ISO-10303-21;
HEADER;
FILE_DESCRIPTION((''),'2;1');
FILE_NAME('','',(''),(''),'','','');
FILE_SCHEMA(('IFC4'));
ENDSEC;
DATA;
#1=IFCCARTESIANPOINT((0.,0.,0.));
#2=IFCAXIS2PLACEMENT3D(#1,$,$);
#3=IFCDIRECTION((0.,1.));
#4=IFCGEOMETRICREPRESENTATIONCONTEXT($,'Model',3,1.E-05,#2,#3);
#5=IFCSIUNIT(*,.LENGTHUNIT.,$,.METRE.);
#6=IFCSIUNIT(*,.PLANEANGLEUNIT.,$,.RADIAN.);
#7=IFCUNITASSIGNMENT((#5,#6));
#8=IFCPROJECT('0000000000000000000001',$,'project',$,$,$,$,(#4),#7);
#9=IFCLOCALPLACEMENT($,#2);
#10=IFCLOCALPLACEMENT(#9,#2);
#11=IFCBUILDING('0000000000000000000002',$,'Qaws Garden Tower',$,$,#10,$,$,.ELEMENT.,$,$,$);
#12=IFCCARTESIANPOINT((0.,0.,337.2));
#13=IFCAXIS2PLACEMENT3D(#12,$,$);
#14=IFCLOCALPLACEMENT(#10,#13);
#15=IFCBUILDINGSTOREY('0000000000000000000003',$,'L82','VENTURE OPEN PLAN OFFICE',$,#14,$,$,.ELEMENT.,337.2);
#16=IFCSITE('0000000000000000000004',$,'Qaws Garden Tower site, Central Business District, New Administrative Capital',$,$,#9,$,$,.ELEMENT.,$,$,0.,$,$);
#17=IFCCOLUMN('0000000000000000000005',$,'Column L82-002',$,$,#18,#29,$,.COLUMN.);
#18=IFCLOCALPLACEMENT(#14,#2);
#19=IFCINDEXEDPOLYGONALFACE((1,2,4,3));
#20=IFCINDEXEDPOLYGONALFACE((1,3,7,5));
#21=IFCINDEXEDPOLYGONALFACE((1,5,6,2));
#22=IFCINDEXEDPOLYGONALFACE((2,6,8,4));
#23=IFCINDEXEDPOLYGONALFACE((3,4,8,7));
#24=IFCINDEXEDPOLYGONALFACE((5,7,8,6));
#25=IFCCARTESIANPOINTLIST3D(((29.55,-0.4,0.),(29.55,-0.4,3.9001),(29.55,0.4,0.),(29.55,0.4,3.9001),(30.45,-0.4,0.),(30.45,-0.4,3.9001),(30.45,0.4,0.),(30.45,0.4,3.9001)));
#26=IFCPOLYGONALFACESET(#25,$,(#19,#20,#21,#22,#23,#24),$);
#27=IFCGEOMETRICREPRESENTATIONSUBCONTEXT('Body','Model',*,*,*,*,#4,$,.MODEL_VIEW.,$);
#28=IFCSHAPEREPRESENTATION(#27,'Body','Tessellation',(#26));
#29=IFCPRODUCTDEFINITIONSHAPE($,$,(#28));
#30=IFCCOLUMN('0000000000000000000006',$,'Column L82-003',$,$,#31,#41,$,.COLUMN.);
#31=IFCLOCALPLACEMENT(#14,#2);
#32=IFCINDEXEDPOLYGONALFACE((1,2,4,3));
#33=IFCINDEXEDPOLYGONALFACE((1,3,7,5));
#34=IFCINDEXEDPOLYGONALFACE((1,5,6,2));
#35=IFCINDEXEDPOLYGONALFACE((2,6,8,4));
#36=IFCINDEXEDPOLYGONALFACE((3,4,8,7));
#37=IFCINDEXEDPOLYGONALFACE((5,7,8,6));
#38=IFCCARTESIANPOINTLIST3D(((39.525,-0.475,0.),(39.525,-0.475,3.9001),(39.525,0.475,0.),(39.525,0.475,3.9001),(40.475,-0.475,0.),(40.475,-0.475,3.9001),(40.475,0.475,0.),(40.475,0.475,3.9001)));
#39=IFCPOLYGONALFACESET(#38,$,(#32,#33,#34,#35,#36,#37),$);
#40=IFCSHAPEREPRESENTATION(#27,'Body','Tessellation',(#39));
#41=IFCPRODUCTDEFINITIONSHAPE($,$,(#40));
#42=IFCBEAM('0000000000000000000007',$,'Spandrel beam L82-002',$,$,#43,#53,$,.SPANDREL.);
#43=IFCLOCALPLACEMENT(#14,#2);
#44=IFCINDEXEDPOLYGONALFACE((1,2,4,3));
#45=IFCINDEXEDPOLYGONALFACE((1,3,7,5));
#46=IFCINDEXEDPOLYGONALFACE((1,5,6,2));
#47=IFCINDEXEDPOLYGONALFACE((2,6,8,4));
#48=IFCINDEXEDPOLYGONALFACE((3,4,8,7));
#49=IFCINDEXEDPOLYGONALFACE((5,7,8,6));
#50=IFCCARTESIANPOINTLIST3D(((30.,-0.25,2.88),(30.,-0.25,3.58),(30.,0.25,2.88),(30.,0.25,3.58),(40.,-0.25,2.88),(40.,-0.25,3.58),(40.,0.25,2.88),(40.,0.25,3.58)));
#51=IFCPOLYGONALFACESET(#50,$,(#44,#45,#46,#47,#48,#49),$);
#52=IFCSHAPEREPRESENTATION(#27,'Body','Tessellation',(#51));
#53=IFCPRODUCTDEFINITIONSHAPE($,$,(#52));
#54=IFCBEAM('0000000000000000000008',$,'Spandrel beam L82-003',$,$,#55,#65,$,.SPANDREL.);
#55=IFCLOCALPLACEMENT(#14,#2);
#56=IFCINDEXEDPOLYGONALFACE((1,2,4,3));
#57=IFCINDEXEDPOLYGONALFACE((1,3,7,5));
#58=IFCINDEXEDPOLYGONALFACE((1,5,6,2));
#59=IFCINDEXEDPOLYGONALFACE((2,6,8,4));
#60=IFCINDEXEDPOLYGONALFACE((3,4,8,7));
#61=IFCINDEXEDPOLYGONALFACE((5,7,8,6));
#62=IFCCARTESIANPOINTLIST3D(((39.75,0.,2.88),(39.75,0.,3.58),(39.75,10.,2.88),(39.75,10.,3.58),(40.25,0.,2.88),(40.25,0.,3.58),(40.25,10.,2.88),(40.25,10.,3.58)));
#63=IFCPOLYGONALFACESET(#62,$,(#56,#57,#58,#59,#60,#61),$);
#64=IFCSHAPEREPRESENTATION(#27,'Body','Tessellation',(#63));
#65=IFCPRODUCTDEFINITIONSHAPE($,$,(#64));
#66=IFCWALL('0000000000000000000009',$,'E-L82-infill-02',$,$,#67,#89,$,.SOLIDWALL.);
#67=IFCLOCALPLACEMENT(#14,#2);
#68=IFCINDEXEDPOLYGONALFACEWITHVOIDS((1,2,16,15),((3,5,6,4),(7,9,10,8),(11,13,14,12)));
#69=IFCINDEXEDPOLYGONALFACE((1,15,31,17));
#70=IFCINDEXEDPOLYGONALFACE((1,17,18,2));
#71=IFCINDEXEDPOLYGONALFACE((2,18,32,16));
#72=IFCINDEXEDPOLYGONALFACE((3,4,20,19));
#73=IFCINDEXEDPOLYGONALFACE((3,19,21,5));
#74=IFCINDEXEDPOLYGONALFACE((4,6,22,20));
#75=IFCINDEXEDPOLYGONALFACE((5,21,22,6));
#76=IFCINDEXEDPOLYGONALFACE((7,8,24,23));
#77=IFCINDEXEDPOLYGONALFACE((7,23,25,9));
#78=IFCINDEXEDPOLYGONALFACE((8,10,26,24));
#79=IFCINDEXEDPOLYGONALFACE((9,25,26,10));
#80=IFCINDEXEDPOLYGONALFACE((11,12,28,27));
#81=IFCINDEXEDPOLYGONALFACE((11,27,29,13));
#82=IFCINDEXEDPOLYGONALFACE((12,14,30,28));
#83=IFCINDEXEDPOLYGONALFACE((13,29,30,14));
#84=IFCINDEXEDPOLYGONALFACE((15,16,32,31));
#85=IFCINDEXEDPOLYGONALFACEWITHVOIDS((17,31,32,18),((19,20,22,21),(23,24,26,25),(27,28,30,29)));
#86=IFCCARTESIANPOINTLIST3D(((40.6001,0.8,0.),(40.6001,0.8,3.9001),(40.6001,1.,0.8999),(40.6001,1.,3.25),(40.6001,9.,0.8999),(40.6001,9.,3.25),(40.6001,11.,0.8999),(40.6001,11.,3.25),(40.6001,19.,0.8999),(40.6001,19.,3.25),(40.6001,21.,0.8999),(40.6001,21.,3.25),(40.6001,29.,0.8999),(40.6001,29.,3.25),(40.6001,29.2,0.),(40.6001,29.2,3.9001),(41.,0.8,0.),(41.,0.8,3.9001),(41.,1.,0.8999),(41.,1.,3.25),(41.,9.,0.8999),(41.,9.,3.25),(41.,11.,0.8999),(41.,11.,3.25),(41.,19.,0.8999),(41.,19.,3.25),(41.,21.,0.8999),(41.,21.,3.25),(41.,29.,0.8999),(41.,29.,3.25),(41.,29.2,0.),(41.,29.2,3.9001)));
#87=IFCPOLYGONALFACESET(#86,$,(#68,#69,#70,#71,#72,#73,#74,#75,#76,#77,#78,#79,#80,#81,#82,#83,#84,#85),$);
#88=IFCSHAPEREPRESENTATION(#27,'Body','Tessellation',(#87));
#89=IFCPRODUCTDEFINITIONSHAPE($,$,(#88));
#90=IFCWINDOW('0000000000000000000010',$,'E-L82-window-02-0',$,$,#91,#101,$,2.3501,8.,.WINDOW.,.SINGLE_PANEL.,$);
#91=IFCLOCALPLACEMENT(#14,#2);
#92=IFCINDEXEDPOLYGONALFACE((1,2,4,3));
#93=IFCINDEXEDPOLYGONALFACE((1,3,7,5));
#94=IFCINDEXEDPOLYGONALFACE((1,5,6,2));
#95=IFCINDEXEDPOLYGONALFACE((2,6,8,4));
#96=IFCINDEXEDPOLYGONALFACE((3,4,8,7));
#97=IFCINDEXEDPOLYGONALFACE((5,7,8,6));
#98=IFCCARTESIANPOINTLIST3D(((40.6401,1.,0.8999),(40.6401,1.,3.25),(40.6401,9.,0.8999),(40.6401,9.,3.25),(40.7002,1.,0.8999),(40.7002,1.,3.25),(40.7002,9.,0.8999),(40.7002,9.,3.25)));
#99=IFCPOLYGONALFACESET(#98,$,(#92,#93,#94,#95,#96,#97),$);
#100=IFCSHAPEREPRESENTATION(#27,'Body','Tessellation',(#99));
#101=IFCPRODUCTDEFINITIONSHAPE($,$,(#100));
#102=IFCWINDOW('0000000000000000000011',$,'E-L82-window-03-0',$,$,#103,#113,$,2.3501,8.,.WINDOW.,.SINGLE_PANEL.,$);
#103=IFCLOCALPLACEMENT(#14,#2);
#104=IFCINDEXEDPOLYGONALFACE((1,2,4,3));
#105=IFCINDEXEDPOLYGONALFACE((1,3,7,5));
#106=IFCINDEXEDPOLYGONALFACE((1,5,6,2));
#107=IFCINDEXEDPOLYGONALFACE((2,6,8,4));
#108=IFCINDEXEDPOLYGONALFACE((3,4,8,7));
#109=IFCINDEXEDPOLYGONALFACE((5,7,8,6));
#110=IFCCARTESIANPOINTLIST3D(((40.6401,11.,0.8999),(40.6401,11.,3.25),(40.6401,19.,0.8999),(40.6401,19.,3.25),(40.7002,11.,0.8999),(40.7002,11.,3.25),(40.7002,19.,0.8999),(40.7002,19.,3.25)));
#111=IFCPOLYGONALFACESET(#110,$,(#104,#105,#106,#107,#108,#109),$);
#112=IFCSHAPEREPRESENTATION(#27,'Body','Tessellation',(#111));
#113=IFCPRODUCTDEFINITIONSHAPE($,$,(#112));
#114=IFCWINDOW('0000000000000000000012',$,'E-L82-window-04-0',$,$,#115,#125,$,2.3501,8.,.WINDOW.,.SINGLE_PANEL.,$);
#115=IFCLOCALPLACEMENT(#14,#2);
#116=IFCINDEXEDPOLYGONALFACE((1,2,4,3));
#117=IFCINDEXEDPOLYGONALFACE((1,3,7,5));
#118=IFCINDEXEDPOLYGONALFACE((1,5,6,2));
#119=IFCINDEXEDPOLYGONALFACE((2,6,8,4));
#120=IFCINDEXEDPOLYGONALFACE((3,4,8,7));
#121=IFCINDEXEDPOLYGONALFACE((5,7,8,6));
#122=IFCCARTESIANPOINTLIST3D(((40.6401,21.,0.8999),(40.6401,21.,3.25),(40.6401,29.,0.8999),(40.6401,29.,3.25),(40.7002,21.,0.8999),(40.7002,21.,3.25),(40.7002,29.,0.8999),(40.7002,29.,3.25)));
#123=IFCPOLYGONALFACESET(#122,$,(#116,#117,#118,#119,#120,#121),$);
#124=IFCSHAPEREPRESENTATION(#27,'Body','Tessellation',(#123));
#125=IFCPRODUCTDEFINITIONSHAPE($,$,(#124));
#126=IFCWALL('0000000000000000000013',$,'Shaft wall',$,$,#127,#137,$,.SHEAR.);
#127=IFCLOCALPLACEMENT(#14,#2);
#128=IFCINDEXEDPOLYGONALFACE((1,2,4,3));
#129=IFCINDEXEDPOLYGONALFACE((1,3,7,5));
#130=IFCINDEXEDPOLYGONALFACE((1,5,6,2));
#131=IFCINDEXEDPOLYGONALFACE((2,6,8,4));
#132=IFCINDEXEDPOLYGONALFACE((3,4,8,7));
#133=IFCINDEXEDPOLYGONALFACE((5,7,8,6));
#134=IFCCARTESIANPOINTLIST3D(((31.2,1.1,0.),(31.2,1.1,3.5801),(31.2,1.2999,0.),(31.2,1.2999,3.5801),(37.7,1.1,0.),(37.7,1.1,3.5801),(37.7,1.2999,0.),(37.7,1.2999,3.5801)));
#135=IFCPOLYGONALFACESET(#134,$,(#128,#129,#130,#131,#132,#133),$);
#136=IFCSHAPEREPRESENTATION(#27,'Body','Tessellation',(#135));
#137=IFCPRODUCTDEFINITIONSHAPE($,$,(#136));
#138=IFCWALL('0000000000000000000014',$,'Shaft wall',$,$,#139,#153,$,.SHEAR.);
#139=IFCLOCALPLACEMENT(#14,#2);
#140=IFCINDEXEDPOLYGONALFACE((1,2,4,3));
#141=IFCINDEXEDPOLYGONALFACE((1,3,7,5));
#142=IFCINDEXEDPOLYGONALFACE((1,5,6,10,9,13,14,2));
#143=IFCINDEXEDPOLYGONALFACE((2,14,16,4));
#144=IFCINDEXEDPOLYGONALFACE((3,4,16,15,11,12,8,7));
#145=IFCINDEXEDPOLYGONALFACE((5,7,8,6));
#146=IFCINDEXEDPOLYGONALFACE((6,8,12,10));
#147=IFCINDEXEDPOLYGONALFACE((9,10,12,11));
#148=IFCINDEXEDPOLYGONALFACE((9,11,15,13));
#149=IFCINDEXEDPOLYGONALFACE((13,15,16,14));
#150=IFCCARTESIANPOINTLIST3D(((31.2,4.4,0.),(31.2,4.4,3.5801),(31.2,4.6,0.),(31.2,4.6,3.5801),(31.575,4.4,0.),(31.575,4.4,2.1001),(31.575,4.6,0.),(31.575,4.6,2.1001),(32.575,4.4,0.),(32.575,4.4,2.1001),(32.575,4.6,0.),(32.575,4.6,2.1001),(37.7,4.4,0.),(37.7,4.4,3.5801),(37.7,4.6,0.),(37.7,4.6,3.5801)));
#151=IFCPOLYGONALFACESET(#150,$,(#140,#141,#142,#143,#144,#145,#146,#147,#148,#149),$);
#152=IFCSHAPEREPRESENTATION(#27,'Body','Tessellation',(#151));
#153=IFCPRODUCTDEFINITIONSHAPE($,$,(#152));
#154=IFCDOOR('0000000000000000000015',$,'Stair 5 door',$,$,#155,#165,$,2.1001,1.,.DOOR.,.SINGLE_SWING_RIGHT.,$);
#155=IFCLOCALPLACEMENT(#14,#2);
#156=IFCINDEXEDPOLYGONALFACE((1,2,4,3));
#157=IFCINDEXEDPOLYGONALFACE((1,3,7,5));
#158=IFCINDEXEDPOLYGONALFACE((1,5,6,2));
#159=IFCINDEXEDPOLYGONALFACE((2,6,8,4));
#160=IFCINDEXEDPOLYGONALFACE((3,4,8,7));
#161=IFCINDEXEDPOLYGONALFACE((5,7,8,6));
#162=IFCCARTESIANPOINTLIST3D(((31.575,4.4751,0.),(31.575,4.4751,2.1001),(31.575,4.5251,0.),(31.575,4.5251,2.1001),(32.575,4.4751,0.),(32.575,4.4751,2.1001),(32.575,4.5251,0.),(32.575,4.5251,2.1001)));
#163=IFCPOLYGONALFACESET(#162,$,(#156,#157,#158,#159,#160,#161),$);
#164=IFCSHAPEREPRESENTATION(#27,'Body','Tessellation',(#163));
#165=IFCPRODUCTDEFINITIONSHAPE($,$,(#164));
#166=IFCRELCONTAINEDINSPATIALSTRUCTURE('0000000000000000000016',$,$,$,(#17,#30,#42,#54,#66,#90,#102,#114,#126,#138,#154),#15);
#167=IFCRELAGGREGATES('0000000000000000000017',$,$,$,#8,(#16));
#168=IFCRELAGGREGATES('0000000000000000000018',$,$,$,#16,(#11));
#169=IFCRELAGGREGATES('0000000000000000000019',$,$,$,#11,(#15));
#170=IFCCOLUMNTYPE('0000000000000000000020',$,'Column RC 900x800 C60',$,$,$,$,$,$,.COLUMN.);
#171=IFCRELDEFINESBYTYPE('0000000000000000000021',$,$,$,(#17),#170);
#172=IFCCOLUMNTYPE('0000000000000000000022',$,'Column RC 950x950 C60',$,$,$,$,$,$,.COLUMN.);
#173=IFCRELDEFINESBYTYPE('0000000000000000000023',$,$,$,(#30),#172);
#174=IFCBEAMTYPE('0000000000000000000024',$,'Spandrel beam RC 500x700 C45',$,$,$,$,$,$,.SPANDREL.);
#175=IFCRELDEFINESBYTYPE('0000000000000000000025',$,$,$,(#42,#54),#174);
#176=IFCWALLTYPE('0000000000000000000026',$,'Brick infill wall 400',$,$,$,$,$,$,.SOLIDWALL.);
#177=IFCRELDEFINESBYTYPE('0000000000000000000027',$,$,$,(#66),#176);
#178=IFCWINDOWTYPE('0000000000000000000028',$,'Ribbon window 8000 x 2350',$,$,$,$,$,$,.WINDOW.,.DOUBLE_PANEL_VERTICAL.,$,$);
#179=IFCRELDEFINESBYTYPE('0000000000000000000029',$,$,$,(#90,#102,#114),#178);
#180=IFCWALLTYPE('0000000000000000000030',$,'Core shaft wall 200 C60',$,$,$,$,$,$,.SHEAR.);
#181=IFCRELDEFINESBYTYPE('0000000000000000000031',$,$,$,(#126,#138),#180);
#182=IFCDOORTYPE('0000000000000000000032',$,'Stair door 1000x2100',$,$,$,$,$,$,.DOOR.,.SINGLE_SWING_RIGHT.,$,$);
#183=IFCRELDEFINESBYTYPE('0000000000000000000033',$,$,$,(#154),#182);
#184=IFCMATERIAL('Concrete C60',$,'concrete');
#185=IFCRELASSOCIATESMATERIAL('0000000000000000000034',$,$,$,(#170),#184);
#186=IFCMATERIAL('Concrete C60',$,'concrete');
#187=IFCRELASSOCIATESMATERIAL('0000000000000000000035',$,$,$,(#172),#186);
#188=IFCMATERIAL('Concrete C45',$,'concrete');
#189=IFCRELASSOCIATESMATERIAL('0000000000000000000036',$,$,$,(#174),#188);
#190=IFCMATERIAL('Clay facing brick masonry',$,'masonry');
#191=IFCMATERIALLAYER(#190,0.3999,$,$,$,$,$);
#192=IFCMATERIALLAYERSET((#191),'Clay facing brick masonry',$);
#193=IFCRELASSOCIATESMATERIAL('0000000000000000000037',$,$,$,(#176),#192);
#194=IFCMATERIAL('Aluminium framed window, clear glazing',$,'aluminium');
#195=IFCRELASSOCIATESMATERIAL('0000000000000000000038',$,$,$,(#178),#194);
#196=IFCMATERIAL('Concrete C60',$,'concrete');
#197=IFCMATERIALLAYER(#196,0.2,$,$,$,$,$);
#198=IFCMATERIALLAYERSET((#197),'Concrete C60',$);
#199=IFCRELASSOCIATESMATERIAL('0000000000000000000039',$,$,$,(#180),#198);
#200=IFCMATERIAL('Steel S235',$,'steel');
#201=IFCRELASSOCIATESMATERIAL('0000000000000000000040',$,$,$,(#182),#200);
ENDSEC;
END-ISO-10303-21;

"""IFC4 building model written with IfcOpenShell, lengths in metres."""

from ifc_helpers import new_model, si_unit, direction, frame, frame_2d, origin, origin_2d, place, context, subcontext, project, spatial, rectangle, extrude, material, layer, layer_set, material_profile, profile_set, type_object, element, fill, save


model = new_model("IFC4")

# Units and contexts
model_context = context("Model", 3, precision=1e-05, world=origin(), true_north=direction((0.0, 1.0)))
body_context = subcontext(model_context, "Body", "Model", "MODEL_VIEW")
ifc_project = project(units=[si_unit("LENGTHUNIT", "METRE"), si_unit("PLANEANGLEUNIT", "RADIAN")], contexts=[model_context])

# Site, building, storey
site_placement = place(None, origin())
site = spatial("IfcSite", under=ifc_project, at=site_placement, Name="Qaws Garden Tower site, Central Business District, New Administrative Capital", CompositionType="ELEMENT", RefElevation=0.0)
building_placement = place(site_placement, origin())
building = spatial("IfcBuilding", under=site, at=building_placement, Name="Qaws Garden Tower", CompositionType="ELEMENT")
storey_placement = place(building_placement, frame((0.0, 0.0, 337.2)))
storey = spatial("IfcBuildingStorey", under=building, at=storey_placement, Name="L82", Description="VENTURE OPEN PLAN OFFICE", CompositionType="ELEMENT", Elevation=337.2)

# Columns
ifc_material_1 = material(Name="Concrete C60", Category="concrete")
ifc_material_profile_1 = material_profile(ifc_material_1, rectangle(XDim=0.8999, YDim=0.8, at=origin_2d()), Name="RC 900x800")
ifc_profile_set_1 = profile_set([ifc_material_profile_1], Name="Concrete C60")
column_type_1 = type_object("IfcColumnType", Name="Column RC 900x800 C60", PredefinedType="COLUMN", material=ifc_profile_set_1)
column_1_placement = place(storey_placement, frame((30.0, 0.0, 0.0), z_axis=(0.0, 0.0, 1.0), x_axis=(1.0, 0.0, 0.0)))
element("IfcColumn", 1, at=column_1_placement, inside=storey, type_object=column_type_1, Name="Column L82-002", PredefinedType="COLUMN", context=body_context, shape_type="SweptSolid", body=[
    extrude(rectangle(XDim=0.8999, YDim=0.8, at=origin_2d()), origin(), (0.0, 0.0, 1.0), 3.9001),
])
ifc_material_2 = material(Name="Concrete C60", Category="concrete")
ifc_material_profile_2 = material_profile(ifc_material_2, rectangle(XDim=0.95, YDim=0.95, at=origin_2d()), Name="RC 950x950")
ifc_profile_set_2 = profile_set([ifc_material_profile_2], Name="Concrete C60")
column_type_2 = type_object("IfcColumnType", Name="Column RC 950x950 C60", PredefinedType="COLUMN", material=ifc_profile_set_2)
column_2_placement = place(storey_placement, frame((40.0, 0.0, 0.0), z_axis=(0.0, 0.0, 1.0), x_axis=(1.0, 0.0, 0.0)))
element("IfcColumn", 2, at=column_2_placement, inside=storey, type_object=column_type_2, Name="Column L82-003", PredefinedType="COLUMN", context=body_context, shape_type="SweptSolid", body=[
    extrude(rectangle(XDim=0.95, YDim=0.95, at=origin_2d()), origin(), (0.0, 0.0, 1.0), 3.9001),
])

# Beams
ifc_material_3 = material(Name="Concrete C45", Category="concrete")
ifc_material_profile_3 = material_profile(ifc_material_3, rectangle(XDim=0.5, YDim=0.7, at=origin_2d()), Name="RC 500x700")
ifc_profile_set_3 = profile_set([ifc_material_profile_3], Name="Concrete C45")
beam_type = type_object("IfcBeamType", Name="Spandrel beam RC 500x700 C45", PredefinedType="SPANDREL", material=ifc_profile_set_3)
for number, where, z_axis, x_axis, name in (
    (3, (30.0, 0.0, 3.23), (1.0, 0.0, 0.0), (0.0, 1.0, 0.0), "Spandrel beam L82-002"),
    (4, (40.0, 0.0, 3.23), (0.0, 1.0, 0.0), (-1.0, 0.0, 0.0), "Spandrel beam L82-003"),
):
    element("IfcBeam", number, at=place(storey_placement, frame(where, z_axis=z_axis, x_axis=x_axis)), inside=storey, type_object=beam_type, Name=name, PredefinedType="SPANDREL", context=body_context, shape_type="SweptSolid", body=[
        extrude(rectangle(XDim=0.5, YDim=0.7, at=origin_2d()), origin(), (0.0, 0.0, 1.0), 10.0),
    ])

# Wall, openings, windows
ifc_material_4 = material(Name="Clay facing brick masonry", Category="masonry")
ifc_layer_1 = layer(ifc_material_4, 0.3999)
ifc_layer_set_1 = layer_set([ifc_layer_1], Name="Clay facing brick masonry")
wall_type_1 = type_object("IfcWallType", Name="Brick infill wall 400", PredefinedType="SOLIDWALL", material=ifc_layer_set_1)
wall_1_placement = place(storey_placement, frame((40.8, 0.8, 0.0), z_axis=(0.0, 0.0, 1.0), x_axis=(0.0, 1.0, 0.0)))
wall_1 = element("IfcWall", 5, at=wall_1_placement, inside=storey, type_object=wall_type_1, Name="E-L82-infill-02", PredefinedType="SOLIDWALL", context=body_context, shape_type="SweptSolid", body=[
    extrude(rectangle(XDim=28.3999, YDim=0.3999, at=frame_2d((14.2, 0.0))), origin(), (0.0, 0.0, 1.0), 3.9001),
])
opening_1_placement = place(wall_1_placement, frame((0.2, 0.0, 0.8999)))
opening_1 = element("IfcOpeningElement", 6, at=opening_1_placement, cuts=wall_1, PredefinedType="OPENING", context=body_context, shape_type="SweptSolid", body=[
    extrude(rectangle(XDim=8.0, YDim=2.3501, at=frame_2d((4.0, 1.175))), frame((0.0, 0.21, 0.0), z_axis=(0.0, -1.0, 0.0), x_axis=(1.0, 0.0, 0.0)), (0.0, 0.0, 1.0), 0.4199),
])
opening_2_placement = place(wall_1_placement, frame((10.2, 0.0, 0.8999)))
opening_2 = element("IfcOpeningElement", 7, at=opening_2_placement, cuts=wall_1, PredefinedType="OPENING", context=body_context, shape_type="SweptSolid", body=[
    extrude(rectangle(XDim=8.0, YDim=2.3501, at=frame_2d((4.0, 1.175))), frame((0.0, 0.21, 0.0), z_axis=(0.0, -1.0, 0.0), x_axis=(1.0, 0.0, 0.0)), (0.0, 0.0, 1.0), 0.4199),
])
opening_3_placement = place(wall_1_placement, frame((20.2, 0.0, 0.8999)))
opening_3 = element("IfcOpeningElement", 8, at=opening_3_placement, cuts=wall_1, PredefinedType="OPENING", context=body_context, shape_type="SweptSolid", body=[
    extrude(rectangle(XDim=8.0, YDim=2.3501, at=frame_2d((4.0, 1.175))), frame((0.0, 0.21, 0.0), z_axis=(0.0, -1.0, 0.0), x_axis=(1.0, 0.0, 0.0)), (0.0, 0.0, 1.0), 0.4199),
])
ifc_material_5 = material(Name="Aluminium framed window, clear glazing", Category="aluminium")
window_type = type_object("IfcWindowType", Name="Ribbon window 8000 x 2350", PartitioningType="DOUBLE_PANEL_VERTICAL", PredefinedType="WINDOW", material=ifc_material_5)
window_1_placement = place(opening_1_placement, origin())
window_1 = element("IfcWindow", 9, at=window_1_placement, inside=storey, type_object=window_type, Name="E-L82-window-02-0", OverallHeight=2.3501, OverallWidth=8.0, PartitioningType="SINGLE_PANEL", PredefinedType="WINDOW", context=body_context, shape_type="SweptSolid", body=[
    extrude(rectangle(XDim=8.0, YDim=2.3501, at=frame_2d((4.0, 1.175))), frame((0.0, 0.1599, 0.0), z_axis=(0.0, -1.0, 0.0), x_axis=(1.0, 0.0, 0.0)), (0.0, 0.0, 1.0), 0.0601),
])
fill(opening_1, window_1)
window_2_placement = place(opening_2_placement, origin())
window_2 = element("IfcWindow", 10, at=window_2_placement, inside=storey, type_object=window_type, Name="E-L82-window-03-0", OverallHeight=2.3501, OverallWidth=8.0, PartitioningType="SINGLE_PANEL", PredefinedType="WINDOW", context=body_context, shape_type="SweptSolid", body=[
    extrude(rectangle(XDim=8.0, YDim=2.3501, at=frame_2d((4.0, 1.175))), frame((0.0, 0.1599, 0.0), z_axis=(0.0, -1.0, 0.0), x_axis=(1.0, 0.0, 0.0)), (0.0, 0.0, 1.0), 0.0601),
])
fill(opening_2, window_2)
window_3_placement = place(opening_3_placement, origin())
window_3 = element("IfcWindow", 11, at=window_3_placement, inside=storey, type_object=window_type, Name="E-L82-window-04-0", OverallHeight=2.3501, OverallWidth=8.0, PartitioningType="SINGLE_PANEL", PredefinedType="WINDOW", context=body_context, shape_type="SweptSolid", body=[
    extrude(rectangle(XDim=8.0, YDim=2.3501, at=frame_2d((4.0, 1.175))), frame((0.0, 0.1599, 0.0), z_axis=(0.0, -1.0, 0.0), x_axis=(1.0, 0.0, 0.0)), (0.0, 0.0, 1.0), 0.0601),
])
fill(opening_3, window_3)

# Wall
ifc_material_6 = material(Name="Concrete C60", Category="concrete")
ifc_layer_2 = layer(ifc_material_6, 0.2)
ifc_layer_set_2 = layer_set([ifc_layer_2], Name="Concrete C60")
wall_type_2 = type_object("IfcWallType", Name="Core shaft wall 200 C60", PredefinedType="SHEAR", material=ifc_layer_set_2)
wall_2_placement = place(storey_placement, frame((31.2, 1.2, 0.0), z_axis=(0.0, 0.0, 1.0), x_axis=(1.0, 0.0, 0.0)))
element("IfcWall", 12, at=wall_2_placement, inside=storey, type_object=wall_type_2, Name="Shaft wall", PredefinedType="SHEAR", context=body_context, shape_type="SweptSolid", body=[
    extrude(rectangle(XDim=6.5, YDim=0.2, at=frame_2d((3.25, 0.0))), origin(), (0.0, 0.0, 1.0), 3.5801),
])

# Wall, opening, door
wall_3_placement = place(storey_placement, frame((31.2, 4.5, 0.0), z_axis=(0.0, 0.0, 1.0), x_axis=(1.0, 0.0, 0.0)))
wall_3 = element("IfcWall", 13, at=wall_3_placement, inside=storey, type_object=wall_type_2, Name="Shaft wall", PredefinedType="SHEAR", context=body_context, shape_type="SweptSolid", body=[
    extrude(rectangle(XDim=6.5, YDim=0.2, at=frame_2d((3.25, 0.0))), origin(), (0.0, 0.0, 1.0), 3.5801),
])
opening_4_placement = place(wall_3_placement, frame((0.375, 0.0, 0.0)))
opening_4 = element("IfcOpeningElement", 14, at=opening_4_placement, cuts=wall_3, PredefinedType="OPENING", context=body_context, shape_type="SweptSolid", body=[
    extrude(rectangle(XDim=1.0, YDim=2.1001, at=frame_2d((0.5, 1.05))), frame((0.0, 0.1099, 0.0), z_axis=(0.0, -1.0, 0.0), x_axis=(1.0, 0.0, 0.0)), (0.0, 0.0, 1.0), 0.22),
])
ifc_material_7 = material(Name="Steel S235", Category="steel")
door_type = type_object("IfcDoorType", Name="Stair door 1000x2100", OperationType="SINGLE_SWING_RIGHT", PredefinedType="DOOR", material=ifc_material_7)
door_placement = place(opening_4_placement, frame((1.0, 0.0, 0.0), z_axis=(0.0, 0.0, 1.0), x_axis=(-1.0, 0.0, 0.0)))
door = element("IfcDoor", 15, at=door_placement, inside=storey, type_object=door_type, Name="Stair 5 door", OperationType="SINGLE_SWING_RIGHT", OverallHeight=2.1001, OverallWidth=1.0, PredefinedType="DOOR", context=body_context, shape_type="SweptSolid", body=[
    extrude(rectangle(XDim=1.0, YDim=2.1001, at=frame_2d((0.5, 1.05))), frame((0.0, 0.0249, 0.0), z_axis=(0.0, -1.0, 0.0), x_axis=(1.0, 0.0, 0.0)), (0.0, 0.0, 1.0), 0.05),
])
fill(opening_4, door)

save(model, "model.ifc")
